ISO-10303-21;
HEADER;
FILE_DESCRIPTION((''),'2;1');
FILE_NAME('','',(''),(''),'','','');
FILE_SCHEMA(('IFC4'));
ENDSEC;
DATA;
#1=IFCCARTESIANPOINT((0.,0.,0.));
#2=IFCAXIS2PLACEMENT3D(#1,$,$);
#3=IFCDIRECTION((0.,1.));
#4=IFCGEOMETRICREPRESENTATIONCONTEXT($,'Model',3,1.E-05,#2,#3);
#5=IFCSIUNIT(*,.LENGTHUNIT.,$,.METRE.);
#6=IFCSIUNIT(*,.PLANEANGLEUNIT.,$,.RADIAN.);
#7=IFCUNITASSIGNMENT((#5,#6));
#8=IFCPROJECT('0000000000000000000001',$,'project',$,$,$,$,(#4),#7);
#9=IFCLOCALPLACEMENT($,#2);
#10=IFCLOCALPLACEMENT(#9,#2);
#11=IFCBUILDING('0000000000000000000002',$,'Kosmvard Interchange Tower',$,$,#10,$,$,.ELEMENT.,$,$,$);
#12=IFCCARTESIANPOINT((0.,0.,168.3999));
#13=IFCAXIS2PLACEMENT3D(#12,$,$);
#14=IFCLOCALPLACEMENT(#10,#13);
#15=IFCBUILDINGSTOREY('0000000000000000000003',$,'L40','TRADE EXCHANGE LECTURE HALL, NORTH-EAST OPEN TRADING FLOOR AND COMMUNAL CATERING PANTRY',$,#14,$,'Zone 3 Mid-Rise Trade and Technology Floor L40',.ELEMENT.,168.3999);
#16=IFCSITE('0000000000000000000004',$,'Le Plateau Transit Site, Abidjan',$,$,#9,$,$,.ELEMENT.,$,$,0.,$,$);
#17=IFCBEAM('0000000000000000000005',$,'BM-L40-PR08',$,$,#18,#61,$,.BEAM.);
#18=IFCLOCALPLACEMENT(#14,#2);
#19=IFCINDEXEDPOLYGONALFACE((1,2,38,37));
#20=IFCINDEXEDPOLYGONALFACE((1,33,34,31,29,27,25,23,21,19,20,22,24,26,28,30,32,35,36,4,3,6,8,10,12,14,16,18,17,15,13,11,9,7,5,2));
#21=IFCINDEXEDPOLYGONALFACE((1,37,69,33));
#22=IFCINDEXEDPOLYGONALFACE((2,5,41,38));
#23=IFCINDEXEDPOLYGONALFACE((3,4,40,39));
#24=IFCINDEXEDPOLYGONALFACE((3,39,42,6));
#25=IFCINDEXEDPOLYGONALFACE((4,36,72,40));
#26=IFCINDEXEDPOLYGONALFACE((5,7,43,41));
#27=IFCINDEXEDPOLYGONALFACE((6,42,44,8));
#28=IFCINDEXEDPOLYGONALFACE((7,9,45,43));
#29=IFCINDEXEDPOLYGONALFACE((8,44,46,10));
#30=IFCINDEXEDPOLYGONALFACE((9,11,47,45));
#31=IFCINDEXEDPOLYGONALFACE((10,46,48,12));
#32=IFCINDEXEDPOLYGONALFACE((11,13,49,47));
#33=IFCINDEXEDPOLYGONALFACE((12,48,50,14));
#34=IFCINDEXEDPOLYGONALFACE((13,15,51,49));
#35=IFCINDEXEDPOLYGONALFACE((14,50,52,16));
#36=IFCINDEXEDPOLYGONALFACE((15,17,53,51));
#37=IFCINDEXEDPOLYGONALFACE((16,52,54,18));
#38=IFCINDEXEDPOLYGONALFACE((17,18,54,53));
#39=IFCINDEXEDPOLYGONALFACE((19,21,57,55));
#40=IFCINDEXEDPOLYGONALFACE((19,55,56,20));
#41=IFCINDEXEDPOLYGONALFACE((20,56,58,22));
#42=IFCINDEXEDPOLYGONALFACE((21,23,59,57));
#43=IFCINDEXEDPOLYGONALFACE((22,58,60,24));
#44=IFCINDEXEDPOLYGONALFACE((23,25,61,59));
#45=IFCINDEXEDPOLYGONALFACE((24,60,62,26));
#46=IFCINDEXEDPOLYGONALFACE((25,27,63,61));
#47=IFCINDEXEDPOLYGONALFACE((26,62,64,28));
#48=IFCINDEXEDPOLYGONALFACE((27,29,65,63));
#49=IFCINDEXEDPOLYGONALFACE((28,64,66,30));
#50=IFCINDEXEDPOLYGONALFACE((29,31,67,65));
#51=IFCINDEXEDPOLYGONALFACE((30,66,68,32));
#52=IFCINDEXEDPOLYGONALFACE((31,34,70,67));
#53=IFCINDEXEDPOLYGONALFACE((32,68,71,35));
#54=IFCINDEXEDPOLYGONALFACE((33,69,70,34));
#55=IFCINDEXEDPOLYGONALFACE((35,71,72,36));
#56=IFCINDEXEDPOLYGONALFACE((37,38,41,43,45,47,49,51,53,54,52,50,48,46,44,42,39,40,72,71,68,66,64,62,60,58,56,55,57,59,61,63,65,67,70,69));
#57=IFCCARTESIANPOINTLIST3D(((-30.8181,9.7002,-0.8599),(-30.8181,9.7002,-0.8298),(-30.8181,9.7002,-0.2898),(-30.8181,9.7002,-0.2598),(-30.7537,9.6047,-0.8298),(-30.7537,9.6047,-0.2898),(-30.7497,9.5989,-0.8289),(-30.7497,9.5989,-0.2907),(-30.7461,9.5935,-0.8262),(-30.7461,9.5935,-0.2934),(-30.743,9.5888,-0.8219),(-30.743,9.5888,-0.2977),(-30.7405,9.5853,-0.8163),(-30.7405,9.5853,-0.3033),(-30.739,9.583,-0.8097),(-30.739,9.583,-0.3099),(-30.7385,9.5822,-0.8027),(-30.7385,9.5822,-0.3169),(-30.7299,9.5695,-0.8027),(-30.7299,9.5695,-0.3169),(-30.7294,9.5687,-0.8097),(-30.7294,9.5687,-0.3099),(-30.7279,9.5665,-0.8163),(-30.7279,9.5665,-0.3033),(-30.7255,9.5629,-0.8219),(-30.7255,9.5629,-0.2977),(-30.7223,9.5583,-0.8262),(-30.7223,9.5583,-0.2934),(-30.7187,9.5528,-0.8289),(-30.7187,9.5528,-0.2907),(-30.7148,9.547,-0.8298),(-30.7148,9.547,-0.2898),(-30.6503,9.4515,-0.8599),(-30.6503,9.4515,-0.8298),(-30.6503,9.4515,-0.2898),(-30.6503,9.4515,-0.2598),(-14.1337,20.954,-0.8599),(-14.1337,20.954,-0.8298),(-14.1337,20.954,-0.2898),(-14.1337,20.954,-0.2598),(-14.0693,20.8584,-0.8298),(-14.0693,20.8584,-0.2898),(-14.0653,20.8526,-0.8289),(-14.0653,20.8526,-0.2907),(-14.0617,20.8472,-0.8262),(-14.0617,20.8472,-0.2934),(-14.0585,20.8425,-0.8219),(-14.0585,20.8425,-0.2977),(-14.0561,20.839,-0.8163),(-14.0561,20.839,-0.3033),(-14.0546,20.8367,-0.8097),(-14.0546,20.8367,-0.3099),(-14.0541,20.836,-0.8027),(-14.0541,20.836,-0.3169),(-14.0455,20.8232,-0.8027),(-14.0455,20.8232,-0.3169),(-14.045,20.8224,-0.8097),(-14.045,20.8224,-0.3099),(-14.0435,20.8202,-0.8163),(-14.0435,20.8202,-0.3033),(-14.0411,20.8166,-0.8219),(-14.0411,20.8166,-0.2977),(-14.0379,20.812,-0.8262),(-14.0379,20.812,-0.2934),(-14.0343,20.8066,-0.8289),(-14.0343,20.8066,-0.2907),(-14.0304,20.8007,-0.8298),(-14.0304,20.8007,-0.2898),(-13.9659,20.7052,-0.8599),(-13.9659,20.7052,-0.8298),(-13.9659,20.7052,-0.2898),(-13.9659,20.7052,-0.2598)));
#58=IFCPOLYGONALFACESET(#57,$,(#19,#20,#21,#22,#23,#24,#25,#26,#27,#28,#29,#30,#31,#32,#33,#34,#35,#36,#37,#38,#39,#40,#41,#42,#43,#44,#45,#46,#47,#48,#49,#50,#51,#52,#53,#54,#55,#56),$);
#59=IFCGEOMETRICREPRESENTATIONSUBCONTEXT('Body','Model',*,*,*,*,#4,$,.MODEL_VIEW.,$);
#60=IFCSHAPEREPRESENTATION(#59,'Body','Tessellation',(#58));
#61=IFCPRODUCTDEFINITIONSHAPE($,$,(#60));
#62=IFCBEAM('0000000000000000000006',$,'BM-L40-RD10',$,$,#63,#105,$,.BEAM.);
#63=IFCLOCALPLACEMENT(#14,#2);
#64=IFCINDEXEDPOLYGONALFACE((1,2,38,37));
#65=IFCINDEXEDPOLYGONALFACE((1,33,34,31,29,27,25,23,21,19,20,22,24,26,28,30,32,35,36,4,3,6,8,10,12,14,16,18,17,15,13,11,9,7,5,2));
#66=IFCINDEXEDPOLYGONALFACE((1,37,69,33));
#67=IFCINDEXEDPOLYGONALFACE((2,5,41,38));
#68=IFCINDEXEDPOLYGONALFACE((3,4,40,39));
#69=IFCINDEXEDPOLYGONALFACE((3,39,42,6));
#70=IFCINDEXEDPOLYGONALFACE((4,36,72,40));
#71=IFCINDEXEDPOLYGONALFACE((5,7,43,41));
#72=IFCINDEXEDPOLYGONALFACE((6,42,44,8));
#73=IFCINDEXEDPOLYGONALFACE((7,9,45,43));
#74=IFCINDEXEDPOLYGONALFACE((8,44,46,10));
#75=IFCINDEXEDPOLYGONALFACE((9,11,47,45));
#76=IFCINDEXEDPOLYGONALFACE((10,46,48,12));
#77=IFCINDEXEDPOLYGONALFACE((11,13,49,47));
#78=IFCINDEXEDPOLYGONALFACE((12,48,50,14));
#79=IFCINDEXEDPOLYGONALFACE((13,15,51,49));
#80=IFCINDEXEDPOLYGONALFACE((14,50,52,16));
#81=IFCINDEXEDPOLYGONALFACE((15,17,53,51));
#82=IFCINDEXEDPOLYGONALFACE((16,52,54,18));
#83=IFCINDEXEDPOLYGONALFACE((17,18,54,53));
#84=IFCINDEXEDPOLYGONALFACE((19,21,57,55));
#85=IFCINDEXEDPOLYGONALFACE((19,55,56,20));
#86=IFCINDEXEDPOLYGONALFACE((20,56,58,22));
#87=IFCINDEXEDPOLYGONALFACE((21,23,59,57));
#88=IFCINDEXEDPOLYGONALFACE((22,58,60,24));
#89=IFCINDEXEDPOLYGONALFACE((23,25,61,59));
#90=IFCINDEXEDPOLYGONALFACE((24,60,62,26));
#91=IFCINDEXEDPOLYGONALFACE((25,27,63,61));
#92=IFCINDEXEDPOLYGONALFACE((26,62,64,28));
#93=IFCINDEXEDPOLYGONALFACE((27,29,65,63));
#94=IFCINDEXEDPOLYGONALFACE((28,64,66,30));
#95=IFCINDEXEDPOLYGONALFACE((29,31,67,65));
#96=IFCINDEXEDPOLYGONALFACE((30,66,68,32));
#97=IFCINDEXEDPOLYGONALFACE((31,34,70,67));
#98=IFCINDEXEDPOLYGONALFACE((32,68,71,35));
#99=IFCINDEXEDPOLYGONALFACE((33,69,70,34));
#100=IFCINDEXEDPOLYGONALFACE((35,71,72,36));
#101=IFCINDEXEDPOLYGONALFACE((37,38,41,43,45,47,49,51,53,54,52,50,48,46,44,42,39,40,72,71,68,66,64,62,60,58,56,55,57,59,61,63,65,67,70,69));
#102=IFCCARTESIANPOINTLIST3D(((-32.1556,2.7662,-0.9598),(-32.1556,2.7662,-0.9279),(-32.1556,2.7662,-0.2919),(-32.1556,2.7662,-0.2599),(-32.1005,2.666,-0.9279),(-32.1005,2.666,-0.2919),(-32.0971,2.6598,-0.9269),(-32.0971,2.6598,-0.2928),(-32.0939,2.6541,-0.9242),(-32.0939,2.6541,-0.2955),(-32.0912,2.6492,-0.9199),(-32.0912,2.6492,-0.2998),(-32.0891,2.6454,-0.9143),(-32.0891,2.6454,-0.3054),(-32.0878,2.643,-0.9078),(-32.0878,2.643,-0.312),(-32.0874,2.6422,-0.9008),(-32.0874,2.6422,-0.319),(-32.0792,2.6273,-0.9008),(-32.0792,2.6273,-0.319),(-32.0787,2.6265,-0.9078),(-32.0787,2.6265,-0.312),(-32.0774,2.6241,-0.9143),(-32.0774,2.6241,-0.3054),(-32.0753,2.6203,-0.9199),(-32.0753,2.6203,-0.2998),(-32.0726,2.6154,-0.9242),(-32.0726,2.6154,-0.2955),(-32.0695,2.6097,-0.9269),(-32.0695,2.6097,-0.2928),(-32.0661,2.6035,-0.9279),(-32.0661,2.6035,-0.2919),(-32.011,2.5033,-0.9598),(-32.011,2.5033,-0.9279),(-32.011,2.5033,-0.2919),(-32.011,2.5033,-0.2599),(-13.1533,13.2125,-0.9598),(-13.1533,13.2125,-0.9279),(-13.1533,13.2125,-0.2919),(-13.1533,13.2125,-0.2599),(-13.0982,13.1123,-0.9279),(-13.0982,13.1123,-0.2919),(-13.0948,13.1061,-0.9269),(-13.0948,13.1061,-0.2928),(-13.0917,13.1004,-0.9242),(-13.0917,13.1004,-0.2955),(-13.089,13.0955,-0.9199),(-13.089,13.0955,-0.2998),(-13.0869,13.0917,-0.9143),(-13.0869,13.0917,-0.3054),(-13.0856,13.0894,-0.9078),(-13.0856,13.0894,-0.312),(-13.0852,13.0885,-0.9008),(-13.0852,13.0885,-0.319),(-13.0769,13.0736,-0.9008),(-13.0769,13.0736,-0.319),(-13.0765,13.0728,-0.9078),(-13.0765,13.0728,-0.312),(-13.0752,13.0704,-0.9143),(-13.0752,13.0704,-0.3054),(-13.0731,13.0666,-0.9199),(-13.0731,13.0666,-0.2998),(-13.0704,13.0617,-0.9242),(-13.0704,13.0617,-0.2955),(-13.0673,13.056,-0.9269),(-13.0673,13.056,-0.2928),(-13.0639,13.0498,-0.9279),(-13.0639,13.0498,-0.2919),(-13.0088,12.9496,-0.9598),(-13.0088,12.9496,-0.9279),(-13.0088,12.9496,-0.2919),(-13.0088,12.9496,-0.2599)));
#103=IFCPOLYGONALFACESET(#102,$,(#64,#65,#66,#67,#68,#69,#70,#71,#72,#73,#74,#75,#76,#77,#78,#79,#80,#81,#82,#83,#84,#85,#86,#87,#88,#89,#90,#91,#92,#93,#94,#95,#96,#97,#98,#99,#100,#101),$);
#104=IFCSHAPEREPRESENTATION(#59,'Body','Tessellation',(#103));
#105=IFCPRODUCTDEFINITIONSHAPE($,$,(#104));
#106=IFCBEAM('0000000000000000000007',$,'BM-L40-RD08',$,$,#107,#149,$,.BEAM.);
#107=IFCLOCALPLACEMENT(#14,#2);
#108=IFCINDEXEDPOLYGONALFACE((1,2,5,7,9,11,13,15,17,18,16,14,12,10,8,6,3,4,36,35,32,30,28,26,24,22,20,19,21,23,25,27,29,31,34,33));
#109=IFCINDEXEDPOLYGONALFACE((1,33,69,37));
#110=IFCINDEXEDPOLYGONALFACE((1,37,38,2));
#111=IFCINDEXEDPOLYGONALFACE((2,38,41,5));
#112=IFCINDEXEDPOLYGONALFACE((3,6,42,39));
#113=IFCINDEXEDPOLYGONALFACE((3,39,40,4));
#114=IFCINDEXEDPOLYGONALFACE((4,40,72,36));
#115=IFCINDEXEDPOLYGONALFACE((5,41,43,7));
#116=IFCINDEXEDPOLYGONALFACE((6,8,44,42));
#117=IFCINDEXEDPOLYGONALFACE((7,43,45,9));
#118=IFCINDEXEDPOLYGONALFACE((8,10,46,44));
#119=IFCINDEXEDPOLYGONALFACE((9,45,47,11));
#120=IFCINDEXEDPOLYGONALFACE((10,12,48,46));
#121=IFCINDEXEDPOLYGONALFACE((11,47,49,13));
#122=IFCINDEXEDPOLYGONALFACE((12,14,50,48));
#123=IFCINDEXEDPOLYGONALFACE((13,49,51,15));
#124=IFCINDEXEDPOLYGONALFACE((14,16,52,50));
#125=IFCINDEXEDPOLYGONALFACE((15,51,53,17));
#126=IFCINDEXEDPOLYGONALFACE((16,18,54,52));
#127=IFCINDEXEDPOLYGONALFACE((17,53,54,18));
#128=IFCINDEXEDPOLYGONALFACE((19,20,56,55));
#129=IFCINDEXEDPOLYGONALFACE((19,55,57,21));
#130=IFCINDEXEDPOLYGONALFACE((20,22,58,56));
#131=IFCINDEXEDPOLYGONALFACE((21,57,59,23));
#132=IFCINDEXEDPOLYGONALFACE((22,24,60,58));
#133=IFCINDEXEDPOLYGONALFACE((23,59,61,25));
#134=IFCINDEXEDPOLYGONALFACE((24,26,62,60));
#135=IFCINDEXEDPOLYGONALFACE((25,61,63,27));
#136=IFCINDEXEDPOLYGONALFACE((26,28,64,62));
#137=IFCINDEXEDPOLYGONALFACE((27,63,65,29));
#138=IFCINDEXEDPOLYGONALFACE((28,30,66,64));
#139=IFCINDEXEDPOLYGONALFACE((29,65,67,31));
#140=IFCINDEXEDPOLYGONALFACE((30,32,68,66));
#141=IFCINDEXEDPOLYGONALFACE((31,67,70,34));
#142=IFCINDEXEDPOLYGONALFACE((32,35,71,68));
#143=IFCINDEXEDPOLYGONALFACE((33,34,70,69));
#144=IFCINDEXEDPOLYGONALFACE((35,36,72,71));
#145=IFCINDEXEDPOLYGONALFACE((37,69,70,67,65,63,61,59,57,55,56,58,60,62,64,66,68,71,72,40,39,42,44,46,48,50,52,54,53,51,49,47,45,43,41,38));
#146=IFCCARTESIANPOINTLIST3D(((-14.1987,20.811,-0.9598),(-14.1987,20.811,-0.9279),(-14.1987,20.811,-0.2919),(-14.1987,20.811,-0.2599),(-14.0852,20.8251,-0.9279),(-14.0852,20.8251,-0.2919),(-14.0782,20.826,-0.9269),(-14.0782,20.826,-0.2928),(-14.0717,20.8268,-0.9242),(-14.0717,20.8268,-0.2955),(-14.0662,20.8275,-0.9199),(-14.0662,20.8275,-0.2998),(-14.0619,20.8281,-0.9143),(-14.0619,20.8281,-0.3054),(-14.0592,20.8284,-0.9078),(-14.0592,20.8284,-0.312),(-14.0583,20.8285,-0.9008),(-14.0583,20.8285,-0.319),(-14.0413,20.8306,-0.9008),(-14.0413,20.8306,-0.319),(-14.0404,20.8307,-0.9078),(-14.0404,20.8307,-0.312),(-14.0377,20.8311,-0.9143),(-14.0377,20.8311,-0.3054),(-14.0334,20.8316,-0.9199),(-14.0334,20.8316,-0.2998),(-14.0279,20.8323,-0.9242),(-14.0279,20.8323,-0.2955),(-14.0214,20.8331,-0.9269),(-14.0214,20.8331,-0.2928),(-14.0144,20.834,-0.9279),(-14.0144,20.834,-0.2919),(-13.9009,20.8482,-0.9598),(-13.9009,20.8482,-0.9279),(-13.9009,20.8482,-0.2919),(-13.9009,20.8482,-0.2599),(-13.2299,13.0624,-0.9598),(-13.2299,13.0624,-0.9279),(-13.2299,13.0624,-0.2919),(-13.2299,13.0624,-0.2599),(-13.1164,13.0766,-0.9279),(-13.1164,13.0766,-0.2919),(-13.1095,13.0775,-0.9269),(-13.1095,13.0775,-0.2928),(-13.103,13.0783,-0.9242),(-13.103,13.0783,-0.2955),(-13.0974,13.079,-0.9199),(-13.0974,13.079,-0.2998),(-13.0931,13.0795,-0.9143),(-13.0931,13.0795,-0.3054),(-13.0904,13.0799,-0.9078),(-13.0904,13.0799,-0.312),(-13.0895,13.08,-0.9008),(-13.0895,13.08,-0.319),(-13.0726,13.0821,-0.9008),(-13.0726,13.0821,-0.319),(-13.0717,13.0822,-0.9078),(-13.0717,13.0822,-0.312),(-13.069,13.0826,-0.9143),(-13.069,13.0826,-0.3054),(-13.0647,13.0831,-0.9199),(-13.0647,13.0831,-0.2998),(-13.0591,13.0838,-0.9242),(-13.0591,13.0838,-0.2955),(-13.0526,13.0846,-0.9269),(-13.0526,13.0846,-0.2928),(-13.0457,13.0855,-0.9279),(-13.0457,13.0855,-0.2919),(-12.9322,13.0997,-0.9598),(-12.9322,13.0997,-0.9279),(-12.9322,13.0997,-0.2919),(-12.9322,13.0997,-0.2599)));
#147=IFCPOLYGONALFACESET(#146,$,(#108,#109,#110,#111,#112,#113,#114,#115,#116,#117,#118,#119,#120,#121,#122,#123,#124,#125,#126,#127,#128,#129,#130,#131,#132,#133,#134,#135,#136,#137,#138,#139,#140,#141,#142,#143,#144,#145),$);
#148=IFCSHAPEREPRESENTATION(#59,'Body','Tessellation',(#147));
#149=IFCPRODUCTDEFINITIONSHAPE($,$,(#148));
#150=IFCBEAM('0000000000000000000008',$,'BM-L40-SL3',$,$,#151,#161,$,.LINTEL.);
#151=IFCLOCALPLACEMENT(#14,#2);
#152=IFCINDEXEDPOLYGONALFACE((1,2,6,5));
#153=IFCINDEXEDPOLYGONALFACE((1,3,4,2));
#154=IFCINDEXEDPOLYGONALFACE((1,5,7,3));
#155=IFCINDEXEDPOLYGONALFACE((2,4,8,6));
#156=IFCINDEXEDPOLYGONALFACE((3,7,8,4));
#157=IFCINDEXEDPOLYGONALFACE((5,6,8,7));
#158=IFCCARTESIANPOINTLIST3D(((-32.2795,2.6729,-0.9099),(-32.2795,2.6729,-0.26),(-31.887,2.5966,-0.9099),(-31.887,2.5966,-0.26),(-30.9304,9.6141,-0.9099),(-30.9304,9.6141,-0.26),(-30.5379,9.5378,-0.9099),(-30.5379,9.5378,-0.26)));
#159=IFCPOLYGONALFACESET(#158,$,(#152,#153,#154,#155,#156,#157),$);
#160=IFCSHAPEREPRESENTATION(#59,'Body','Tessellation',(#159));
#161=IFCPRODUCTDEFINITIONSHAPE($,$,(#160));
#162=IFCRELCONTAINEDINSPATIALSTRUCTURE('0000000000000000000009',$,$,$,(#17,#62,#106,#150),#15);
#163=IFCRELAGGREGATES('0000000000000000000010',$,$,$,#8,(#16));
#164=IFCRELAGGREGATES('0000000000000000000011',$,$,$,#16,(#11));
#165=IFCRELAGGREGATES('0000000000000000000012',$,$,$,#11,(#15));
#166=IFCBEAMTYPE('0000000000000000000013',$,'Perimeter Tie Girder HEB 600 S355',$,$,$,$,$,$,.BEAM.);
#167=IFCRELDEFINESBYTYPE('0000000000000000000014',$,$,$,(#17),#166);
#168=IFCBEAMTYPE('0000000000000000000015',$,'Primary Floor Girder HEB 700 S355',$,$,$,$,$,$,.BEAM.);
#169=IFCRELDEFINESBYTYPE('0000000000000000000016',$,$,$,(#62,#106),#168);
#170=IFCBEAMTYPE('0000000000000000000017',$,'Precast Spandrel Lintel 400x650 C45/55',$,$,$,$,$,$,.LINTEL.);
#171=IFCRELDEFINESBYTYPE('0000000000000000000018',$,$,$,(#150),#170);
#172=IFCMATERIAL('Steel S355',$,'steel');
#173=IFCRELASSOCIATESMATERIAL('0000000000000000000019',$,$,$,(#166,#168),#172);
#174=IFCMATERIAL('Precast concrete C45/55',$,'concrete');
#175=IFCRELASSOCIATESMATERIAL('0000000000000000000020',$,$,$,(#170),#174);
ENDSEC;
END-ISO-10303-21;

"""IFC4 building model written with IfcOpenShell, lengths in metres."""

from ifc_helpers import new_model, si_unit, direction, frame, origin, origin_2d, place, context, subcontext, project, spatial, rectangle, i_section, extrude, source, transform, mapped, material, material_profile, profile_set, type_object, element, save


model = new_model("IFC4")

# Units and contexts
model_context = context("Model", 3, precision=1e-05, world=origin(), true_north=direction((0.0, 1.0)))
body_context = subcontext(model_context, "Body", "Model", "MODEL_VIEW")
ifc_project = project(units=[si_unit("LENGTHUNIT", "METRE"), si_unit("PLANEANGLEUNIT", "RADIAN")], contexts=[model_context])

# Site, building, storey
site_placement = place(None, origin())
site = spatial("IfcSite", under=ifc_project, at=site_placement, Name="Le Plateau Transit Site, Abidjan", CompositionType="ELEMENT", RefElevation=0.0)
building_placement = place(site_placement, origin())
building = spatial("IfcBuilding", under=site, at=building_placement, Name="Kosmvard Interchange Tower", CompositionType="ELEMENT")
storey_placement = place(building_placement, frame((0.0, 0.0, 168.3999)))
storey = spatial("IfcBuildingStorey", under=building, at=storey_placement, Name="L40", Description="TRADE EXCHANGE LECTURE HALL, NORTH-EAST OPEN TRADING FLOOR AND COMMUNAL CATERING PANTRY", LongName="Zone 3 Mid-Rise Trade and Technology Floor L40", CompositionType="ELEMENT", Elevation=168.3999)

# Beams
ifc_material_1 = material(Name="Steel S355", Category="steel")
ifc_material_profile_1 = material_profile(ifc_material_1, i_section(OverallWidth=0.3, OverallDepth=0.6001, WebThickness=0.0154, FlangeThickness=0.03, FilletRadius=0.0271, at=origin_2d()), Name="HEB 600")
ifc_profile_set_1 = profile_set([ifc_material_profile_1], Name="Steel S355")
beam_type_1 = type_object("IfcBeamType", Name="Perimeter Tie Girder HEB 600 S355", PredefinedType="BEAM", material=ifc_profile_set_1)
shared_shape_1 = source(origin(), body_context, "Body", "SweptSolid", [
    extrude(i_section(OverallWidth=0.3, OverallDepth=0.6001, WebThickness=0.0154, FlangeThickness=0.03, FilletRadius=0.0271, at=origin_2d()), origin(), (0.0, 0.0, 1.0), 20.125),
])
beam_1_placement = place(storey_placement, frame((-14.0498, 20.8296, -0.5598), z_axis=(-0.829039, -0.559191, 0.0), x_axis=(0.559191, -0.829039, 0.0)))
element("IfcBeam", 1, at=beam_1_placement, inside=storey, type_object=beam_type_1, Name="BM-L40-PR08", PredefinedType="BEAM", context=body_context, shape_type="MappedRepresentation", body=[
    mapped(shared_shape_1, transform((0.0, 0.0, 0.0), scale=1.0)),
])
ifc_material_profile_2 = material_profile(ifc_material_1, i_section(OverallWidth=0.3, OverallDepth=0.7, WebThickness=0.0171, FlangeThickness=0.032, FilletRadius=0.0271, at=origin_2d()), Name="HEB 700")
ifc_profile_set_2 = profile_set([ifc_material_profile_2], Name="Steel S355")
beam_type_2 = type_object("IfcBeamType", Name="Primary Floor Girder HEB 700 S355", PredefinedType="BEAM", material=ifc_profile_set_2)
shared_shape_2 = source(origin(), body_context, "Body", "SweptSolid", [
    extrude(i_section(OverallWidth=0.3, OverallDepth=0.7, WebThickness=0.0171, FlangeThickness=0.032, FilletRadius=0.0271, at=origin_2d()), origin(), (0.0, 0.0, 1.0), 21.6843),
])
beam_2_placement = place(storey_placement, frame((-13.0811, 13.0811, -0.6099), z_axis=(-0.876312, -0.481745, 0.0), x_axis=(0.481745, -0.876312, 0.0)))
element("IfcBeam", 2, at=beam_2_placement, inside=storey, type_object=beam_type_2, Name="BM-L40-RD10", PredefinedType="BEAM", context=body_context, shape_type="MappedRepresentation", body=[
    mapped(shared_shape_2, transform((0.0, 0.0, 0.0), scale=1.0)),
])
shared_shape_3 = source(origin(), body_context, "Body", "SweptSolid", [
    extrude(i_section(OverallWidth=0.3, OverallDepth=0.7, WebThickness=0.0171, FlangeThickness=0.032, FilletRadius=0.0271, at=origin_2d()), origin(), (0.0, 0.0, 1.0), 7.8088),
])
beam_3_placement = place(storey_placement, frame((-13.0811, 13.0811, -0.6099), z_axis=(-0.124058, 0.992275, 0.0), x_axis=(-0.992275, -0.124058, 0.0)))
element("IfcBeam", 3, at=beam_3_placement, inside=storey, type_object=beam_type_2, Name="BM-L40-RD08", PredefinedType="BEAM", context=body_context, shape_type="MappedRepresentation", body=[
    mapped(shared_shape_3, transform((0.0, 0.0, 0.0), scale=1.0)),
])
ifc_material_2 = material(Name="Precast concrete C45/55", Category="concrete")
ifc_material_profile_3 = material_profile(ifc_material_2, rectangle(XDim=0.3999, YDim=0.6499, at=origin_2d()), Name="SL 400x650")
ifc_profile_set_3 = profile_set([ifc_material_profile_3], Name="Precast concrete C45/55")
beam_type_3 = type_object("IfcBeamType", Name="Precast Spandrel Lintel 400x650 C45/55", PredefinedType="LINTEL", material=ifc_profile_set_3)
shared_shape_4 = source(origin(), body_context, "Body", "SweptSolid", [
    extrude(rectangle(XDim=0.3999, YDim=0.6499, at=origin_2d()), origin(), (0.0, 0.0, 1.0), 7.071),
])
beam_4_placement = place(storey_placement, frame((-30.7341, 9.5759, -0.585), z_axis=(-0.190795, -0.98163, 0.0), x_axis=(0.98163, -0.190795, 0.0)))
element("IfcBeam", 4, at=beam_4_placement, inside=storey, type_object=beam_type_3, Name="BM-L40-SL3", PredefinedType="LINTEL", context=body_context, shape_type="MappedRepresentation", body=[
    mapped(shared_shape_4, transform((0.0, 0.0, 0.0), scale=1.0)),
])

save(model, "model.ifc")
